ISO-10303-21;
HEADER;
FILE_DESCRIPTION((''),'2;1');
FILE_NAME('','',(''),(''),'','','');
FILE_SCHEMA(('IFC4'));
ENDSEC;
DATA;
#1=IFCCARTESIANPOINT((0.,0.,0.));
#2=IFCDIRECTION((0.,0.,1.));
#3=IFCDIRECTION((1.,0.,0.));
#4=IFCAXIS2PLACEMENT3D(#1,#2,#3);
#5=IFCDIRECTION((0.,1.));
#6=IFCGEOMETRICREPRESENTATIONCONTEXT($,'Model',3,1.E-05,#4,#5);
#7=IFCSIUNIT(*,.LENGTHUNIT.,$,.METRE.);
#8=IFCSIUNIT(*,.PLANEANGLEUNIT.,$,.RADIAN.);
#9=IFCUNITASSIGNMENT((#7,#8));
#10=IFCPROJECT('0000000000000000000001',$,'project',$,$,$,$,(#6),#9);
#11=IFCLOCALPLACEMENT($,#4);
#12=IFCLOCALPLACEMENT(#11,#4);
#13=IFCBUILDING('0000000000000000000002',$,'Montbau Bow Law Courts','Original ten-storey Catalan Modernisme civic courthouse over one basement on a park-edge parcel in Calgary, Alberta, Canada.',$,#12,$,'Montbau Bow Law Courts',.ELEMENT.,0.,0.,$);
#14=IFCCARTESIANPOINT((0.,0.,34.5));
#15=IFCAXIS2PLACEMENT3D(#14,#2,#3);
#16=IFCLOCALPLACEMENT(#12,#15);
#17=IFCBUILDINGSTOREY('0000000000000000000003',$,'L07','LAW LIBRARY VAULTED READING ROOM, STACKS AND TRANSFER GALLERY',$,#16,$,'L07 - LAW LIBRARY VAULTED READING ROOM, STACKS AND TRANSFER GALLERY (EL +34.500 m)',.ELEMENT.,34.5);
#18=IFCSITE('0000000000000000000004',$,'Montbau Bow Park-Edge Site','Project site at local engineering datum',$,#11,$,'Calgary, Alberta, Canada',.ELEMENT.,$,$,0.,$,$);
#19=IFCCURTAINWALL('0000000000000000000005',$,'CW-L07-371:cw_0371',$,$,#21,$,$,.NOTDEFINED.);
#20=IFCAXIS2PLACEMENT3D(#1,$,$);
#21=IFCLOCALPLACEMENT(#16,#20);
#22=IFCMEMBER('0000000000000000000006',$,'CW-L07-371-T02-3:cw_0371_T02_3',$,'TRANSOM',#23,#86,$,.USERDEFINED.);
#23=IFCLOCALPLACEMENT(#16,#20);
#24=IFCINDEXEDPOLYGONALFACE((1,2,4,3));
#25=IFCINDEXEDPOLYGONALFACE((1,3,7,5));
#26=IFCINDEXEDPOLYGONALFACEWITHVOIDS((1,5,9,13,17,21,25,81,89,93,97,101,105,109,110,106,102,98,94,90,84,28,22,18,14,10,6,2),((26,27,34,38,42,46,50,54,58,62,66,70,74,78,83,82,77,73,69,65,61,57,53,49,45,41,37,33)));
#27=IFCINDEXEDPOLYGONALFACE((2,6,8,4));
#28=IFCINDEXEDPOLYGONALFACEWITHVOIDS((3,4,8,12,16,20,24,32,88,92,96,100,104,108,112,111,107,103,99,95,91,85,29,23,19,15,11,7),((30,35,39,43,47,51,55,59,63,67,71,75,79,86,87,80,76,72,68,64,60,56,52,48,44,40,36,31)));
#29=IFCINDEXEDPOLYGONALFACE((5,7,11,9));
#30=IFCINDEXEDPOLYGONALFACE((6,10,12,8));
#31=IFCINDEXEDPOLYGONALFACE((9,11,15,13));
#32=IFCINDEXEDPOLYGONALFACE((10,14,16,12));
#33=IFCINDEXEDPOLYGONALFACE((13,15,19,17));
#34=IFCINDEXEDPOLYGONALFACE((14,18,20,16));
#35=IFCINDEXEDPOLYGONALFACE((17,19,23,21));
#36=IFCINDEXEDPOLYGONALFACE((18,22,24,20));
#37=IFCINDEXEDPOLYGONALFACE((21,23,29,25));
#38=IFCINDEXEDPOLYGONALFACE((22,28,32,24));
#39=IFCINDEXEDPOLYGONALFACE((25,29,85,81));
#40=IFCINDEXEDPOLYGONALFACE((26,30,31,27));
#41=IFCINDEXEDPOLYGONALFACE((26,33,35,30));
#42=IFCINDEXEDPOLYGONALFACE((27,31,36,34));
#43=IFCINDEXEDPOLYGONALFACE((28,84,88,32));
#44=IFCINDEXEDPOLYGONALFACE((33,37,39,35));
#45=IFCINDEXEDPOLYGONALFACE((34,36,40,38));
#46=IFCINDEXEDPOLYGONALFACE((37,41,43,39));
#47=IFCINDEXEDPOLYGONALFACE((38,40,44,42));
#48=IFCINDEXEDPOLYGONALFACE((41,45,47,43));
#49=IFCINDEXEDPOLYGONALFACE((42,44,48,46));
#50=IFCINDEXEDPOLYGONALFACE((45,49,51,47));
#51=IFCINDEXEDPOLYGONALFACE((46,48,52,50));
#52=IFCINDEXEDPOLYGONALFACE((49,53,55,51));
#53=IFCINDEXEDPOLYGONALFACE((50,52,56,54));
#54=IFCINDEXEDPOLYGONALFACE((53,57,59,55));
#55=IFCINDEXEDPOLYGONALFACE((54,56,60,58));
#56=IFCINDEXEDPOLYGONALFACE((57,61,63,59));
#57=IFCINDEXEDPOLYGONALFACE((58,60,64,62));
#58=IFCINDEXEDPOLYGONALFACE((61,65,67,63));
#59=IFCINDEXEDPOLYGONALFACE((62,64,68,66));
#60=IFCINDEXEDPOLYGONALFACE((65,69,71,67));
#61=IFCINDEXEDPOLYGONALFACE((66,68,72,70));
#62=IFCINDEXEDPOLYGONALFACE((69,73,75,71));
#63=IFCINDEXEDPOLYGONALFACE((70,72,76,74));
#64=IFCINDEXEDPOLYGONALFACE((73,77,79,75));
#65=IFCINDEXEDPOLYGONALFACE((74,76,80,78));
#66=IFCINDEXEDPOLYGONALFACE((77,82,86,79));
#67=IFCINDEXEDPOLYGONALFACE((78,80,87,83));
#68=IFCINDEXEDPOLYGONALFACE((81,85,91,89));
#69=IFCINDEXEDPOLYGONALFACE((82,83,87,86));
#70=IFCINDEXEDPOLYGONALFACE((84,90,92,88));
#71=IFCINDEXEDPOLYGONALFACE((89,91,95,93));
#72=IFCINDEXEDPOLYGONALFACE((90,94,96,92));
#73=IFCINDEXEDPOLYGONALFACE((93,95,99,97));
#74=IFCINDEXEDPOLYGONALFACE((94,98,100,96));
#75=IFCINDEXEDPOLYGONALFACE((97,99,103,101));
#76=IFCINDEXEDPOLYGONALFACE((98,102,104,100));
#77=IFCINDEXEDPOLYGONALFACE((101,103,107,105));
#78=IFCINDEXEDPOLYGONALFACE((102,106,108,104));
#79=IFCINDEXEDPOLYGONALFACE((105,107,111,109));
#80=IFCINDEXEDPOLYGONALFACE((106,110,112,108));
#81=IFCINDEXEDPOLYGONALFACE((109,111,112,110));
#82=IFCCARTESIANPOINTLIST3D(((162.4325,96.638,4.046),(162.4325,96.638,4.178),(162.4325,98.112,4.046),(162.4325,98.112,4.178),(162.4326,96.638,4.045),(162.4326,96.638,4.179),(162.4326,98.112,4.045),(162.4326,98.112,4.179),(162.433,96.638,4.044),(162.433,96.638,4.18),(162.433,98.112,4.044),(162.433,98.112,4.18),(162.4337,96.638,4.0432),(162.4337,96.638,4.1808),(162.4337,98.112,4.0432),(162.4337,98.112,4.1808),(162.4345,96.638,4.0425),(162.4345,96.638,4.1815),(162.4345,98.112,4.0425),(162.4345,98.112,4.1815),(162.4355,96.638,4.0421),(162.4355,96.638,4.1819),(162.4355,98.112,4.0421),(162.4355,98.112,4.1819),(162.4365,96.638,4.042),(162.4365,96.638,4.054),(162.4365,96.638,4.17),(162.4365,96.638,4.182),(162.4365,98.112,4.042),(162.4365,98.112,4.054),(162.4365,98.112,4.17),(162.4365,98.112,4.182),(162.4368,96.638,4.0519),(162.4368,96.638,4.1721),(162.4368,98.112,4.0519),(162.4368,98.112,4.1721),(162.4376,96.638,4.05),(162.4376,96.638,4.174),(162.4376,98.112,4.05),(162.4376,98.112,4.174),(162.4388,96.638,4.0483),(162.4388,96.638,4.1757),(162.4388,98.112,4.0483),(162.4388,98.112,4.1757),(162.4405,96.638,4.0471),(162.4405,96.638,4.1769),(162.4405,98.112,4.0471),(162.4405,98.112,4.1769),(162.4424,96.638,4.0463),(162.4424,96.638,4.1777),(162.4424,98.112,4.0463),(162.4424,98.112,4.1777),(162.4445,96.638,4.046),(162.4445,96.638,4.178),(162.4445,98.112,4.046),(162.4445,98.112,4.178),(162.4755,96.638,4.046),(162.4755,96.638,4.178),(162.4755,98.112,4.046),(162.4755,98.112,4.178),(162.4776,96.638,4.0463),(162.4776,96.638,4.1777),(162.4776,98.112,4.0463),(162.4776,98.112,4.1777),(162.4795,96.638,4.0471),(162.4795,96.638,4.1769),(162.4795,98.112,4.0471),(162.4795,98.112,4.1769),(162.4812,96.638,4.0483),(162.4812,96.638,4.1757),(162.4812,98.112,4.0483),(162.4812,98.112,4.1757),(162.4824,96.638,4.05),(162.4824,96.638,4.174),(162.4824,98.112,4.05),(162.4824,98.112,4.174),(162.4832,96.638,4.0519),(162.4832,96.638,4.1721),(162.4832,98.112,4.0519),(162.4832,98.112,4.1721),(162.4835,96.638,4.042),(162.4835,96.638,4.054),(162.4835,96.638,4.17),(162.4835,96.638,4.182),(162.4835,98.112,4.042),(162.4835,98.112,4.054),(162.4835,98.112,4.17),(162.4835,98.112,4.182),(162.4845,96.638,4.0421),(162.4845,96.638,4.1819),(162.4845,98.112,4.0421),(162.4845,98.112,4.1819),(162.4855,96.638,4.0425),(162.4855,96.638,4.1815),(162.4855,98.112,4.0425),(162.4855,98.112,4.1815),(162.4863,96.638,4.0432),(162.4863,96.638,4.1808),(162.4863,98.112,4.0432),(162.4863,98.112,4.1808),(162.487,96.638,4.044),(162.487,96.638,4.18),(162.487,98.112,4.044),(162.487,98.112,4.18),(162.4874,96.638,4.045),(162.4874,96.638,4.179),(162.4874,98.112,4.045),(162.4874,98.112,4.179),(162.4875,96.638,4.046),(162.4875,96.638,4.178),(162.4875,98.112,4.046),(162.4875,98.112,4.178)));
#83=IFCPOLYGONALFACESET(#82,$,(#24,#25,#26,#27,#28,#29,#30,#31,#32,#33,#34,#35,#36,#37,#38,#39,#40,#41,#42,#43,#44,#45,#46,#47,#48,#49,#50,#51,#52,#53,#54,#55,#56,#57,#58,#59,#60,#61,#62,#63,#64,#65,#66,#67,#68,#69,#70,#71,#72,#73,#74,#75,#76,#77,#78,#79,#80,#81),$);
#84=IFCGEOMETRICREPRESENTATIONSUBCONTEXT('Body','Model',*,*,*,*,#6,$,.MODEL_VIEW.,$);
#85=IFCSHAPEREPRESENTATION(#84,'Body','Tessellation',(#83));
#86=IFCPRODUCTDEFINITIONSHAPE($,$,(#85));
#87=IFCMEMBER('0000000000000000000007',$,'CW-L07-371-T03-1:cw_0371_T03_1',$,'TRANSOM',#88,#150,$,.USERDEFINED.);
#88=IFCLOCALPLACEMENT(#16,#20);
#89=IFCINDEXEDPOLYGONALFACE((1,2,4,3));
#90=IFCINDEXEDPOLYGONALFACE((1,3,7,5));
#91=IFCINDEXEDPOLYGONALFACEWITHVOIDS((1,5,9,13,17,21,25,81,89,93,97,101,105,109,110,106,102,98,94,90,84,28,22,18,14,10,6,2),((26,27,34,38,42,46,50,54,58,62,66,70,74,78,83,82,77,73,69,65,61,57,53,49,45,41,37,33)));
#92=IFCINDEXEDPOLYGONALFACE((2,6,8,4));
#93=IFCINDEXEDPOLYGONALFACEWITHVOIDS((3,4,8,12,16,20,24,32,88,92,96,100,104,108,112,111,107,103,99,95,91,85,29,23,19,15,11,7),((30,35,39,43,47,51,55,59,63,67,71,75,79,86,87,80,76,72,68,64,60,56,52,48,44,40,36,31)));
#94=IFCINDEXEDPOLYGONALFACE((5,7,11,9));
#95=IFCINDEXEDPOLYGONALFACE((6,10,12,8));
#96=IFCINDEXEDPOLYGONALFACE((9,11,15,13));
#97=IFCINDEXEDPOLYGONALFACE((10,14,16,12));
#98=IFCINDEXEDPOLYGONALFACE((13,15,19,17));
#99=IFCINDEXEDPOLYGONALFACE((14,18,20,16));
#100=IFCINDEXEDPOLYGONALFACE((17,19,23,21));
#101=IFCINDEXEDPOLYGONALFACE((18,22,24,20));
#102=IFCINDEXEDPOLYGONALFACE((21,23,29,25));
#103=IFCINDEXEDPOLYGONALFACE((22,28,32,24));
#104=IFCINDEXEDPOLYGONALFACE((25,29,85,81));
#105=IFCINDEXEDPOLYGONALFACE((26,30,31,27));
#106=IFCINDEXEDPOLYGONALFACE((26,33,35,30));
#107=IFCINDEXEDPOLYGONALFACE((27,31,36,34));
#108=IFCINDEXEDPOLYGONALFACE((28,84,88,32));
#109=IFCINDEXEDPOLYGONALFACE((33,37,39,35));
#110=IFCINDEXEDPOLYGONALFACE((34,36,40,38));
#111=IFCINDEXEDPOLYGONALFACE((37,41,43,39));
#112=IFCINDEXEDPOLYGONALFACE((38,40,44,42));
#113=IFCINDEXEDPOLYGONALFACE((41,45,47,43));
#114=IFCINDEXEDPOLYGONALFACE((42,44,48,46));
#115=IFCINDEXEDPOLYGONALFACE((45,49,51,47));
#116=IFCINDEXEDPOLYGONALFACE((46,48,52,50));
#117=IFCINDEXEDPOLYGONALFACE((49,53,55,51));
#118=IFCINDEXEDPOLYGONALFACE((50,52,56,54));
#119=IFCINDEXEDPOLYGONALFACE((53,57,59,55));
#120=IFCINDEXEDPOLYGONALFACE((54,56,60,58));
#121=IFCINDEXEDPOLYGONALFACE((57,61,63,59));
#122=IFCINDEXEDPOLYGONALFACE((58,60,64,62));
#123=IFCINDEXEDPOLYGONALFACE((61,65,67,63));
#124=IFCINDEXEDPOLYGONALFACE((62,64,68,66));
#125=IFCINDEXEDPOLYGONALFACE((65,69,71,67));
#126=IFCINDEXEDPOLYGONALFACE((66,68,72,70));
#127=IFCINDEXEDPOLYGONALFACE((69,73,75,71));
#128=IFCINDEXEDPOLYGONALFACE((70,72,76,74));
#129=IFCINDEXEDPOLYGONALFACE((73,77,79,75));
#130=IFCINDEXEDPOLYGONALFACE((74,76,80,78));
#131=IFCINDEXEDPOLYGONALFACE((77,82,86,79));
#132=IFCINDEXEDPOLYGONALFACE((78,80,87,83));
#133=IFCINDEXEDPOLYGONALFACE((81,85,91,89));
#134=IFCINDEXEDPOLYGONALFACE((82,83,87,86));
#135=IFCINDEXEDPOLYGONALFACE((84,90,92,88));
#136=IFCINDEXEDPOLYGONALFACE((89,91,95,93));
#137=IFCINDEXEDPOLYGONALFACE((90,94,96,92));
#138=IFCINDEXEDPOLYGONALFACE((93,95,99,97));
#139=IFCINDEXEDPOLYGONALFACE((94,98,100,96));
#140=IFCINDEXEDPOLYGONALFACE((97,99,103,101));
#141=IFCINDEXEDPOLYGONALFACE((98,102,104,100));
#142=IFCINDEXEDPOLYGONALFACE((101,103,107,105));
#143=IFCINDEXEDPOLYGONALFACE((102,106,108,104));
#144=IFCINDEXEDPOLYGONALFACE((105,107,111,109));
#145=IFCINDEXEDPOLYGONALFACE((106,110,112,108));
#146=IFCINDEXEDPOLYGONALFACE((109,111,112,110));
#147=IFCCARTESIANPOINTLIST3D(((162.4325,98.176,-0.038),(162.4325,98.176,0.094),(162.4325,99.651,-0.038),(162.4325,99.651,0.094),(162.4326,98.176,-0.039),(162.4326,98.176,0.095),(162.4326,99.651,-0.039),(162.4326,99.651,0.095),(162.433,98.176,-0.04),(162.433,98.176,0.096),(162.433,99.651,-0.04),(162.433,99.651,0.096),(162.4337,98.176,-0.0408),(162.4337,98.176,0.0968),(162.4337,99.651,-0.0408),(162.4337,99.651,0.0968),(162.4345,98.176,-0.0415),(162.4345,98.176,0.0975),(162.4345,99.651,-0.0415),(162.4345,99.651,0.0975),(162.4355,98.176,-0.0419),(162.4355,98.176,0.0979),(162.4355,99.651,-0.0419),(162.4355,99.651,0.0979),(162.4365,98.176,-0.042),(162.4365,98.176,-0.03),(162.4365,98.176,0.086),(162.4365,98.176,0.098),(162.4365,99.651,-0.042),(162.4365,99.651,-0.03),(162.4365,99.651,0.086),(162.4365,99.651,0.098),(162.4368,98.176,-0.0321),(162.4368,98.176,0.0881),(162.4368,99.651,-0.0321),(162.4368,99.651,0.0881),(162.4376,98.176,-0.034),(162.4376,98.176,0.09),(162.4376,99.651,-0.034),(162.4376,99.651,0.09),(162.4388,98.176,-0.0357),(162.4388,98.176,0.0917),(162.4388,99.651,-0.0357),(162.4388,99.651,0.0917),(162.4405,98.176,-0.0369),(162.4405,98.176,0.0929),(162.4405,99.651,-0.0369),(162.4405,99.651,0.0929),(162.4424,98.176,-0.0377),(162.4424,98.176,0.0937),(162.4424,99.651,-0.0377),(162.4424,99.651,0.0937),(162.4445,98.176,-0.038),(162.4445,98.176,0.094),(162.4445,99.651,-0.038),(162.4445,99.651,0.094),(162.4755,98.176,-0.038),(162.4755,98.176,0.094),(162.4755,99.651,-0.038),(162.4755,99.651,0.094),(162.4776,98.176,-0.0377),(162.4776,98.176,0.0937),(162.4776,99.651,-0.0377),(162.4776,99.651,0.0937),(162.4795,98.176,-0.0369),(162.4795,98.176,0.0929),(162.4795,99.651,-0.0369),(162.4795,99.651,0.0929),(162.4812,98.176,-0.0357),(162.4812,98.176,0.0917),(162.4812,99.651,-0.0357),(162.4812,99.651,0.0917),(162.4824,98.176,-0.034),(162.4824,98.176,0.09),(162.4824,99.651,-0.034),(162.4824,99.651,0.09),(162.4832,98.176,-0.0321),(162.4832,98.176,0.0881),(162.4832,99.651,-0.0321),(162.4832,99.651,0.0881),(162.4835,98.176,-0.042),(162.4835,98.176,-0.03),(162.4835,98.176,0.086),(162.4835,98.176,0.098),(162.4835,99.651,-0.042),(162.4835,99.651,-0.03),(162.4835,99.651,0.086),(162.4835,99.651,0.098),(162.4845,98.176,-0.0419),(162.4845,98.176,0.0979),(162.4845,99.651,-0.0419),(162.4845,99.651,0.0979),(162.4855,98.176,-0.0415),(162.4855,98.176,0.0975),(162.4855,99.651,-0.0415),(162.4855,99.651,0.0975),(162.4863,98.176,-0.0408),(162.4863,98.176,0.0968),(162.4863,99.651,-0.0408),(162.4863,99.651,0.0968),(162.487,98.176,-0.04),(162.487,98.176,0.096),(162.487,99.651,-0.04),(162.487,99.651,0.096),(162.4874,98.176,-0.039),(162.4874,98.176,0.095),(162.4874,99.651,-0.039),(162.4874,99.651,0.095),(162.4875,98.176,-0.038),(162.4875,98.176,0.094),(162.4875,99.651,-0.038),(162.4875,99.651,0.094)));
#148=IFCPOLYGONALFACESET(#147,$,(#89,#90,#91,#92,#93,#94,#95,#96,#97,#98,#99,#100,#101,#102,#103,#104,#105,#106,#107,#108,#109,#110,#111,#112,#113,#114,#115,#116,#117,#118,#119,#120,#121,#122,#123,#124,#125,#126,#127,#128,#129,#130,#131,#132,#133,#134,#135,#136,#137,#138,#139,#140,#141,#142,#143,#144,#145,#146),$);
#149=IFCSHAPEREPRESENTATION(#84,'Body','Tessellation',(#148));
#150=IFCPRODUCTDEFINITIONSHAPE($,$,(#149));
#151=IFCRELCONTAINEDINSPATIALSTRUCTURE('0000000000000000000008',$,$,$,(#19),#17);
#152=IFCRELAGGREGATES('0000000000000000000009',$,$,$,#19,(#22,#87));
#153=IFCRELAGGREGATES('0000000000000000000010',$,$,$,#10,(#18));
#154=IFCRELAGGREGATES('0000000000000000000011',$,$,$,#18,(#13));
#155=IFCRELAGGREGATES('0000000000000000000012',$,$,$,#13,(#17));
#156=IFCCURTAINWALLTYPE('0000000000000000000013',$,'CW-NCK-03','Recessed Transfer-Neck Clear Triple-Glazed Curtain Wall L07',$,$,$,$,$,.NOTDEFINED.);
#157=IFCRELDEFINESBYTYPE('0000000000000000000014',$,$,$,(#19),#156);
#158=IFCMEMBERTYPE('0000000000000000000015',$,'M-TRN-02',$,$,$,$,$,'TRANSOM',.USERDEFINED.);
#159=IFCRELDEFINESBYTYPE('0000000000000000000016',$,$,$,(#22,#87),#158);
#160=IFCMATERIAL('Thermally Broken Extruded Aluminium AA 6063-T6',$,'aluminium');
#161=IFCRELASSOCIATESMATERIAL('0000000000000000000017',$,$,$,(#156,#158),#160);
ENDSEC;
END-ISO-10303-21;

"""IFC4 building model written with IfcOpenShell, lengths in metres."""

from ifc_helpers import new_model, si_unit, direction, frame, origin_with_axes, origin_2d_with_axis, place, context, subcontext, project, spatial, hollow_rectangle, extrude, material, material_profile, profile_set, type_object, element, aggregate, save


model = new_model("IFC4")

# Units and contexts
model_context = context("Model", 3, precision=1e-05, world=origin_with_axes(), true_north=direction((0.0, 1.0)))
body_context = subcontext(model_context, "Body", "Model", "MODEL_VIEW")
ifc_project = project(units=[si_unit("LENGTHUNIT", "METRE"), si_unit("PLANEANGLEUNIT", "RADIAN")], contexts=[model_context])

# Site, building, storey
site_placement = place(None, origin_with_axes())
site = spatial("IfcSite", under=ifc_project, at=site_placement, Name="Montbau Bow Park-Edge Site", Description="Project site at local engineering datum", LongName="Calgary, Alberta, Canada", CompositionType="ELEMENT", RefElevation=0.0)
building_placement = place(site_placement, origin_with_axes())
building = spatial("IfcBuilding", under=site, at=building_placement, Name="Montbau Bow Law Courts", Description="Original ten-storey Catalan Modernisme civic courthouse over one basement on a park-edge parcel in Calgary, Alberta, Canada.", LongName="Montbau Bow Law Courts", CompositionType="ELEMENT", ElevationOfRefHeight=0.0, ElevationOfTerrain=0.0)
storey_placement = place(building_placement, frame((0.0, 0.0, 34.5), z_axis=(0.0, 0.0, 1.0), x_axis=(1.0, 0.0, 0.0)))
storey = spatial("IfcBuildingStorey", under=building, at=storey_placement, Name="L07", Description="LAW LIBRARY VAULTED READING ROOM, STACKS AND TRANSFER GALLERY", LongName="L07 - LAW LIBRARY VAULTED READING ROOM, STACKS AND TRANSFER GALLERY (EL +34.500 m)", CompositionType="ELEMENT", Elevation=34.5)

# Curtain wall, members
ifc_material_1 = material(Name="Thermally Broken Extruded Aluminium AA 6063-T6", Category="aluminium")
curtain_wall_type = type_object("IfcCurtainWallType", Name="CW-NCK-03", Description="Recessed Transfer-Neck Clear Triple-Glazed Curtain Wall L07", PredefinedType="NOTDEFINED", material=ifc_material_1)
curtain_wall_placement = place(None, frame((162.46, 95.067, 34.5), z_axis=(0.0, 0.0, 1.0), x_axis=(1.0, 0.0, 0.0)))
curtain_wall = element("IfcCurtainWall", 1, at=curtain_wall_placement, inside=storey, type_object=curtain_wall_type, Name="CW-L07-371:cw_0371", PredefinedType="NOTDEFINED")
ifc_material_profile_1 = material_profile(ifc_material_1, hollow_rectangle(XDim=0.055, YDim=0.14, WallThickness=0.004, InnerFilletRadius=0.008, OuterFilletRadius=0.004, at=origin_2d_with_axis()), Name="CWT-140X55", Category="Main", Priority=0)
ifc_profile_set_1 = profile_set([ifc_material_profile_1], Name="Thermally Broken Extruded Aluminium AA 6063-T6")
member_type_1 = type_object("IfcMemberType", Name="M-TRN-02", ElementType="TRANSOM", PredefinedType="USERDEFINED", material=ifc_profile_set_1)
member_1_placement = place(None, frame((162.46, 96.638, 38.612), z_axis=(0.0, 1.0, 0.0), x_axis=(-1.0, 0.0, 0.0)))
member_1 = element("IfcMember", 2, at=member_1_placement, type_object=member_type_1, Name="CW-L07-371-T02-3:cw_0371_T02_3", ObjectType="TRANSOM", PredefinedType="USERDEFINED", context=body_context, shape_type="SweptSolid", body=[
    extrude(hollow_rectangle(XDim=0.055, YDim=0.14, WallThickness=0.004, InnerFilletRadius=0.008, OuterFilletRadius=0.004, at=origin_2d_with_axis()), origin_with_axes(), (0.0, 0.0, 1.0), 1.474),
])
member_2_placement = place(None, frame((162.46, 98.176, 34.528), z_axis=(0.0, 1.0, 0.0), x_axis=(-1.0, 0.0, 0.0)))
member_2 = element("IfcMember", 3, at=member_2_placement, type_object=member_type_1, Name="CW-L07-371-T03-1:cw_0371_T03_1", ObjectType="TRANSOM", PredefinedType="USERDEFINED", context=body_context, shape_type="SweptSolid", body=[
    extrude(hollow_rectangle(XDim=0.055, YDim=0.14, WallThickness=0.004, InnerFilletRadius=0.008, OuterFilletRadius=0.004, at=origin_2d_with_axis()), origin_with_axes(), (0.0, 0.0, 1.0), 1.475),
])
aggregate(curtain_wall, [member_1, member_2])

save(model, "model.ifc")
